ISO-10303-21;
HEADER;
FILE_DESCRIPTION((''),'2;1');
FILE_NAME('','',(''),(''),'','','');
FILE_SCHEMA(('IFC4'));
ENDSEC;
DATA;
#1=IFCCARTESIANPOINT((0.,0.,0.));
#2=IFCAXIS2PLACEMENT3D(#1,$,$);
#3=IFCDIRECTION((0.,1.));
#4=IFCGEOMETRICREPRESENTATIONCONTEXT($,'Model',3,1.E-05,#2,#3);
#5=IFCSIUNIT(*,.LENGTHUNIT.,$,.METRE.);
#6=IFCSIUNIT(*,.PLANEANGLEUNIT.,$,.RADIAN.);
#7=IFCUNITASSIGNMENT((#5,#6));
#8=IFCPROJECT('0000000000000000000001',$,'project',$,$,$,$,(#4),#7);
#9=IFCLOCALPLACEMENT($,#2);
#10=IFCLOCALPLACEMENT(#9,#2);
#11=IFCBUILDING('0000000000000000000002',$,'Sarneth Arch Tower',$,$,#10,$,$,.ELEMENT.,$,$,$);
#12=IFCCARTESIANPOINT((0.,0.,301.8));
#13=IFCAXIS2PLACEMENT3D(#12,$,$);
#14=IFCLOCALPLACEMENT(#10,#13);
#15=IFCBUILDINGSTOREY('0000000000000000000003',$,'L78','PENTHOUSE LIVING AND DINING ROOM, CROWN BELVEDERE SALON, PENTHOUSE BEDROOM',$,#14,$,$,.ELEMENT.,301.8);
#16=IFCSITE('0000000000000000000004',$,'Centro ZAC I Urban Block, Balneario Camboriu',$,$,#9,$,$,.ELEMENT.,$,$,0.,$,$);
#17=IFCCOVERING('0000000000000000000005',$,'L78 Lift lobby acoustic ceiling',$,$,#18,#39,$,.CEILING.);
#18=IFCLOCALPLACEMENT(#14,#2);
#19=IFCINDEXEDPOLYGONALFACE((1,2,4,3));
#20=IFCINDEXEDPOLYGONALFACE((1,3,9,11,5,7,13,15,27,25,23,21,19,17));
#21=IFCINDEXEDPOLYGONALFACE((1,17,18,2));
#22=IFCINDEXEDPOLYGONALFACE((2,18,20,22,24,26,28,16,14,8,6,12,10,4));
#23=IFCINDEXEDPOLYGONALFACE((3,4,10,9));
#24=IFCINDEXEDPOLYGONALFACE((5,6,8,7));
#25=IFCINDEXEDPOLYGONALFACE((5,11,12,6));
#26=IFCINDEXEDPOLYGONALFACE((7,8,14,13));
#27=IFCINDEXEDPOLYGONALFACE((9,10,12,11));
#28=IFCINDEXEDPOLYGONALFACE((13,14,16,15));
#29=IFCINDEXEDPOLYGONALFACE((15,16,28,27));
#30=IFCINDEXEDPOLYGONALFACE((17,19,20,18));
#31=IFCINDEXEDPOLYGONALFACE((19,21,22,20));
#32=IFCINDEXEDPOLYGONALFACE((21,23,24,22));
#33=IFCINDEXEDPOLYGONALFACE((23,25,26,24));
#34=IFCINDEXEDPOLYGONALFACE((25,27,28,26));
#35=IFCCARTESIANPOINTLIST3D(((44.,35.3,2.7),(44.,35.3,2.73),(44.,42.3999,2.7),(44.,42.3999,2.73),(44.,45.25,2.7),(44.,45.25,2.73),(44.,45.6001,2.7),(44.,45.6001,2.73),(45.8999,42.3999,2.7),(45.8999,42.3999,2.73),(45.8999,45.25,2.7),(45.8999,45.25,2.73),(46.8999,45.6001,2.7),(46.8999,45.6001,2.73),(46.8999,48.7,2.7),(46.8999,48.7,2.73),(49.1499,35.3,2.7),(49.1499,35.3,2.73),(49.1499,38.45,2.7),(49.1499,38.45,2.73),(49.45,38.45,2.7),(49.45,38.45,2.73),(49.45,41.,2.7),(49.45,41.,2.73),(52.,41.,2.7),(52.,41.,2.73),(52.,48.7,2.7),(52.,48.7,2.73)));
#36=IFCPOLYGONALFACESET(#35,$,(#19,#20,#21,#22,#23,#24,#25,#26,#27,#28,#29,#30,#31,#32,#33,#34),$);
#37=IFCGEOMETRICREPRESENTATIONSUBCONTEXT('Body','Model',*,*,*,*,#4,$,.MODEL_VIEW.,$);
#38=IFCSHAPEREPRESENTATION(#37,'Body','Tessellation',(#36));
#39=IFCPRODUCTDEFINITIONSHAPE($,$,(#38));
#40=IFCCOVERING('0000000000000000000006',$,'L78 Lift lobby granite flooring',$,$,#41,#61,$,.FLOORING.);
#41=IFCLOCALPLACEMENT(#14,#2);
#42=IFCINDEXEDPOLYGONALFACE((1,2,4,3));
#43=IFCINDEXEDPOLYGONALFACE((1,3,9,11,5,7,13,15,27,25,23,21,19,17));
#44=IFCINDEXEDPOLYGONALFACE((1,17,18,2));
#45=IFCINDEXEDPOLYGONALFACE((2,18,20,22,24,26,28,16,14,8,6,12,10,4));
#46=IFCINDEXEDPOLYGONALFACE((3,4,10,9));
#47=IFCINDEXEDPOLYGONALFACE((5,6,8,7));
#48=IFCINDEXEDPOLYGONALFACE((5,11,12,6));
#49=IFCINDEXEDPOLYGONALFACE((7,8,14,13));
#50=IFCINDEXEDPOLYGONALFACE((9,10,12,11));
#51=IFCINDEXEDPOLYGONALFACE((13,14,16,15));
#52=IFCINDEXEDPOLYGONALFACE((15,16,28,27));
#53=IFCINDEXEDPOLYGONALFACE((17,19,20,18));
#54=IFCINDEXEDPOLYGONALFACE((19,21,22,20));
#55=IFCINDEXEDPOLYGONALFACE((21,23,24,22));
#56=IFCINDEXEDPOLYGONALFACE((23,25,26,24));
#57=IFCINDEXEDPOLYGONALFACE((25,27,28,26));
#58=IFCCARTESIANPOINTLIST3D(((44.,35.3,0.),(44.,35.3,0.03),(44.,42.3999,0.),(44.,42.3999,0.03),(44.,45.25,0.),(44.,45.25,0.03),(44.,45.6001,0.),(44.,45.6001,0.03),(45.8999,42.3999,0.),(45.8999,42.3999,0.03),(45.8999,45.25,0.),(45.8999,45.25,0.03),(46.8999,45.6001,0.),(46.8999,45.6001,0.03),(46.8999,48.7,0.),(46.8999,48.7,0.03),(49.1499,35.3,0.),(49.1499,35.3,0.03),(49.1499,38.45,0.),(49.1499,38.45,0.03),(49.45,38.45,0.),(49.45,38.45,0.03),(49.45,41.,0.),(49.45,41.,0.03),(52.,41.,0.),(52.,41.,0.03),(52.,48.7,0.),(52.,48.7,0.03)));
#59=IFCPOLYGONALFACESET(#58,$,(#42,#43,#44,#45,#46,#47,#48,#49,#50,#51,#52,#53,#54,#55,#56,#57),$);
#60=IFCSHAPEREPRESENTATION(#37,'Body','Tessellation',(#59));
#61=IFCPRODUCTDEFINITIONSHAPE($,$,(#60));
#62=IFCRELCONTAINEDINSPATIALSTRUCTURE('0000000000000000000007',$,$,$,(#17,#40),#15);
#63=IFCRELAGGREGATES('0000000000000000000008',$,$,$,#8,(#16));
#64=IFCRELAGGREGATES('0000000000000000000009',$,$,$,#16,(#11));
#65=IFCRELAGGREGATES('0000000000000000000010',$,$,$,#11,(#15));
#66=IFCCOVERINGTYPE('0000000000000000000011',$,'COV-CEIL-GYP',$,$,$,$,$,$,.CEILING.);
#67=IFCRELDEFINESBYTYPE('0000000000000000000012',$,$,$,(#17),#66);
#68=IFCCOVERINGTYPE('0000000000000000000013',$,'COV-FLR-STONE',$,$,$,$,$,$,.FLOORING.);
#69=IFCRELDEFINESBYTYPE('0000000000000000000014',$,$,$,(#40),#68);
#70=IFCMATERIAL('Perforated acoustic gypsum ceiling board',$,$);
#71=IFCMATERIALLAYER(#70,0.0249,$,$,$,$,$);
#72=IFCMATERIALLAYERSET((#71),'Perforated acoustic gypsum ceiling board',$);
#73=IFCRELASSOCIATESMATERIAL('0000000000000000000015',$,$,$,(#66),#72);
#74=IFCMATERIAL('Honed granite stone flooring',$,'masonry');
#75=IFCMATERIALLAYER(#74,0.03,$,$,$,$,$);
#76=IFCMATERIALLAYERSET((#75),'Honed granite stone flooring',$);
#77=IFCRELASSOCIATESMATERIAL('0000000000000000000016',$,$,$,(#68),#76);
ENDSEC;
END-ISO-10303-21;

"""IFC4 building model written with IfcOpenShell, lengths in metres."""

from ifc_helpers import new_model, si_unit, direction, frame, origin, place, context, subcontext, project, spatial, polyline, outline, extrude, material, layer, layer_set, type_object, element, save


model = new_model("IFC4")

# Units and contexts
model_context = context("Model", 3, precision=1e-05, world=origin(), true_north=direction((0.0, 1.0)))
body_context = subcontext(model_context, "Body", "Model", "MODEL_VIEW")
ifc_project = project(units=[si_unit("LENGTHUNIT", "METRE"), si_unit("PLANEANGLEUNIT", "RADIAN")], contexts=[model_context])

# Site, building, storey
site_placement = place(None, origin())
site = spatial("IfcSite", under=ifc_project, at=site_placement, Name="Centro ZAC I Urban Block, Balneario Camboriu", CompositionType="ELEMENT", RefElevation=0.0)
building_placement = place(site_placement, origin())
building = spatial("IfcBuilding", under=site, at=building_placement, Name="Sarneth Arch Tower", CompositionType="ELEMENT")
storey_placement = place(building_placement, frame((0.0, 0.0, 301.8)))
storey = spatial("IfcBuildingStorey", under=building, at=storey_placement, Name="L78", Description="PENTHOUSE LIVING AND DINING ROOM, CROWN BELVEDERE SALON, PENTHOUSE BEDROOM", CompositionType="ELEMENT", Elevation=301.8)

# Coverings
ifc_material_1 = material(Name="Perforated acoustic gypsum ceiling board")
ifc_layer_1 = layer(ifc_material_1, 0.0249)
ifc_layer_set_1 = layer_set([ifc_layer_1], Name="Perforated acoustic gypsum ceiling board")
covering_type_1 = type_object("IfcCoveringType", Name="COV-CEIL-GYP", PredefinedType="CEILING", material=ifc_layer_set_1)
covering_1_placement = place(storey_placement, frame((0.0, 0.0, 2.7)))
element("IfcCovering", 1, at=covering_1_placement, inside=storey, type_object=covering_type_1, Name="L78 Lift lobby acoustic ceiling", PredefinedType="CEILING", context=body_context, shape_type="SweptSolid", body=[
    extrude(outline(polyline([(49.45, 41.0), (49.45, 38.45), (49.1499, 38.45), (49.1499, 35.3), (44.0, 35.3), (44.0, 42.3999), (45.8999, 42.3999), (45.8999, 45.25), (44.0, 45.25), (44.0, 45.6001), (46.8999, 45.6001), (46.8999, 48.7), (52.0, 48.7), (52.0, 41.0), (49.45, 41.0)])), origin(), (0.0, 0.0, 1.0), 0.03),
])
ifc_material_2 = material(Name="Honed granite stone flooring", Category="masonry")
ifc_layer_2 = layer(ifc_material_2, 0.03)
ifc_layer_set_2 = layer_set([ifc_layer_2], Name="Honed granite stone flooring")
covering_type_2 = type_object("IfcCoveringType", Name="COV-FLR-STONE", PredefinedType="FLOORING", material=ifc_layer_set_2)
covering_2_placement = place(storey_placement, origin())
element("IfcCovering", 2, at=covering_2_placement, inside=storey, type_object=covering_type_2, Name="L78 Lift lobby granite flooring", PredefinedType="FLOORING", context=body_context, shape_type="SweptSolid", body=[
    extrude(outline(polyline([(49.45, 41.0), (49.45, 38.45), (49.1499, 38.45), (49.1499, 35.3), (44.0, 35.3), (44.0, 42.3999), (45.8999, 42.3999), (45.8999, 45.25), (44.0, 45.25), (44.0, 45.6001), (46.8999, 45.6001), (46.8999, 48.7), (52.0, 48.7), (52.0, 41.0), (49.45, 41.0)])), origin(), (0.0, 0.0, 1.0), 0.03),
])

save(model, "model.ifc")
